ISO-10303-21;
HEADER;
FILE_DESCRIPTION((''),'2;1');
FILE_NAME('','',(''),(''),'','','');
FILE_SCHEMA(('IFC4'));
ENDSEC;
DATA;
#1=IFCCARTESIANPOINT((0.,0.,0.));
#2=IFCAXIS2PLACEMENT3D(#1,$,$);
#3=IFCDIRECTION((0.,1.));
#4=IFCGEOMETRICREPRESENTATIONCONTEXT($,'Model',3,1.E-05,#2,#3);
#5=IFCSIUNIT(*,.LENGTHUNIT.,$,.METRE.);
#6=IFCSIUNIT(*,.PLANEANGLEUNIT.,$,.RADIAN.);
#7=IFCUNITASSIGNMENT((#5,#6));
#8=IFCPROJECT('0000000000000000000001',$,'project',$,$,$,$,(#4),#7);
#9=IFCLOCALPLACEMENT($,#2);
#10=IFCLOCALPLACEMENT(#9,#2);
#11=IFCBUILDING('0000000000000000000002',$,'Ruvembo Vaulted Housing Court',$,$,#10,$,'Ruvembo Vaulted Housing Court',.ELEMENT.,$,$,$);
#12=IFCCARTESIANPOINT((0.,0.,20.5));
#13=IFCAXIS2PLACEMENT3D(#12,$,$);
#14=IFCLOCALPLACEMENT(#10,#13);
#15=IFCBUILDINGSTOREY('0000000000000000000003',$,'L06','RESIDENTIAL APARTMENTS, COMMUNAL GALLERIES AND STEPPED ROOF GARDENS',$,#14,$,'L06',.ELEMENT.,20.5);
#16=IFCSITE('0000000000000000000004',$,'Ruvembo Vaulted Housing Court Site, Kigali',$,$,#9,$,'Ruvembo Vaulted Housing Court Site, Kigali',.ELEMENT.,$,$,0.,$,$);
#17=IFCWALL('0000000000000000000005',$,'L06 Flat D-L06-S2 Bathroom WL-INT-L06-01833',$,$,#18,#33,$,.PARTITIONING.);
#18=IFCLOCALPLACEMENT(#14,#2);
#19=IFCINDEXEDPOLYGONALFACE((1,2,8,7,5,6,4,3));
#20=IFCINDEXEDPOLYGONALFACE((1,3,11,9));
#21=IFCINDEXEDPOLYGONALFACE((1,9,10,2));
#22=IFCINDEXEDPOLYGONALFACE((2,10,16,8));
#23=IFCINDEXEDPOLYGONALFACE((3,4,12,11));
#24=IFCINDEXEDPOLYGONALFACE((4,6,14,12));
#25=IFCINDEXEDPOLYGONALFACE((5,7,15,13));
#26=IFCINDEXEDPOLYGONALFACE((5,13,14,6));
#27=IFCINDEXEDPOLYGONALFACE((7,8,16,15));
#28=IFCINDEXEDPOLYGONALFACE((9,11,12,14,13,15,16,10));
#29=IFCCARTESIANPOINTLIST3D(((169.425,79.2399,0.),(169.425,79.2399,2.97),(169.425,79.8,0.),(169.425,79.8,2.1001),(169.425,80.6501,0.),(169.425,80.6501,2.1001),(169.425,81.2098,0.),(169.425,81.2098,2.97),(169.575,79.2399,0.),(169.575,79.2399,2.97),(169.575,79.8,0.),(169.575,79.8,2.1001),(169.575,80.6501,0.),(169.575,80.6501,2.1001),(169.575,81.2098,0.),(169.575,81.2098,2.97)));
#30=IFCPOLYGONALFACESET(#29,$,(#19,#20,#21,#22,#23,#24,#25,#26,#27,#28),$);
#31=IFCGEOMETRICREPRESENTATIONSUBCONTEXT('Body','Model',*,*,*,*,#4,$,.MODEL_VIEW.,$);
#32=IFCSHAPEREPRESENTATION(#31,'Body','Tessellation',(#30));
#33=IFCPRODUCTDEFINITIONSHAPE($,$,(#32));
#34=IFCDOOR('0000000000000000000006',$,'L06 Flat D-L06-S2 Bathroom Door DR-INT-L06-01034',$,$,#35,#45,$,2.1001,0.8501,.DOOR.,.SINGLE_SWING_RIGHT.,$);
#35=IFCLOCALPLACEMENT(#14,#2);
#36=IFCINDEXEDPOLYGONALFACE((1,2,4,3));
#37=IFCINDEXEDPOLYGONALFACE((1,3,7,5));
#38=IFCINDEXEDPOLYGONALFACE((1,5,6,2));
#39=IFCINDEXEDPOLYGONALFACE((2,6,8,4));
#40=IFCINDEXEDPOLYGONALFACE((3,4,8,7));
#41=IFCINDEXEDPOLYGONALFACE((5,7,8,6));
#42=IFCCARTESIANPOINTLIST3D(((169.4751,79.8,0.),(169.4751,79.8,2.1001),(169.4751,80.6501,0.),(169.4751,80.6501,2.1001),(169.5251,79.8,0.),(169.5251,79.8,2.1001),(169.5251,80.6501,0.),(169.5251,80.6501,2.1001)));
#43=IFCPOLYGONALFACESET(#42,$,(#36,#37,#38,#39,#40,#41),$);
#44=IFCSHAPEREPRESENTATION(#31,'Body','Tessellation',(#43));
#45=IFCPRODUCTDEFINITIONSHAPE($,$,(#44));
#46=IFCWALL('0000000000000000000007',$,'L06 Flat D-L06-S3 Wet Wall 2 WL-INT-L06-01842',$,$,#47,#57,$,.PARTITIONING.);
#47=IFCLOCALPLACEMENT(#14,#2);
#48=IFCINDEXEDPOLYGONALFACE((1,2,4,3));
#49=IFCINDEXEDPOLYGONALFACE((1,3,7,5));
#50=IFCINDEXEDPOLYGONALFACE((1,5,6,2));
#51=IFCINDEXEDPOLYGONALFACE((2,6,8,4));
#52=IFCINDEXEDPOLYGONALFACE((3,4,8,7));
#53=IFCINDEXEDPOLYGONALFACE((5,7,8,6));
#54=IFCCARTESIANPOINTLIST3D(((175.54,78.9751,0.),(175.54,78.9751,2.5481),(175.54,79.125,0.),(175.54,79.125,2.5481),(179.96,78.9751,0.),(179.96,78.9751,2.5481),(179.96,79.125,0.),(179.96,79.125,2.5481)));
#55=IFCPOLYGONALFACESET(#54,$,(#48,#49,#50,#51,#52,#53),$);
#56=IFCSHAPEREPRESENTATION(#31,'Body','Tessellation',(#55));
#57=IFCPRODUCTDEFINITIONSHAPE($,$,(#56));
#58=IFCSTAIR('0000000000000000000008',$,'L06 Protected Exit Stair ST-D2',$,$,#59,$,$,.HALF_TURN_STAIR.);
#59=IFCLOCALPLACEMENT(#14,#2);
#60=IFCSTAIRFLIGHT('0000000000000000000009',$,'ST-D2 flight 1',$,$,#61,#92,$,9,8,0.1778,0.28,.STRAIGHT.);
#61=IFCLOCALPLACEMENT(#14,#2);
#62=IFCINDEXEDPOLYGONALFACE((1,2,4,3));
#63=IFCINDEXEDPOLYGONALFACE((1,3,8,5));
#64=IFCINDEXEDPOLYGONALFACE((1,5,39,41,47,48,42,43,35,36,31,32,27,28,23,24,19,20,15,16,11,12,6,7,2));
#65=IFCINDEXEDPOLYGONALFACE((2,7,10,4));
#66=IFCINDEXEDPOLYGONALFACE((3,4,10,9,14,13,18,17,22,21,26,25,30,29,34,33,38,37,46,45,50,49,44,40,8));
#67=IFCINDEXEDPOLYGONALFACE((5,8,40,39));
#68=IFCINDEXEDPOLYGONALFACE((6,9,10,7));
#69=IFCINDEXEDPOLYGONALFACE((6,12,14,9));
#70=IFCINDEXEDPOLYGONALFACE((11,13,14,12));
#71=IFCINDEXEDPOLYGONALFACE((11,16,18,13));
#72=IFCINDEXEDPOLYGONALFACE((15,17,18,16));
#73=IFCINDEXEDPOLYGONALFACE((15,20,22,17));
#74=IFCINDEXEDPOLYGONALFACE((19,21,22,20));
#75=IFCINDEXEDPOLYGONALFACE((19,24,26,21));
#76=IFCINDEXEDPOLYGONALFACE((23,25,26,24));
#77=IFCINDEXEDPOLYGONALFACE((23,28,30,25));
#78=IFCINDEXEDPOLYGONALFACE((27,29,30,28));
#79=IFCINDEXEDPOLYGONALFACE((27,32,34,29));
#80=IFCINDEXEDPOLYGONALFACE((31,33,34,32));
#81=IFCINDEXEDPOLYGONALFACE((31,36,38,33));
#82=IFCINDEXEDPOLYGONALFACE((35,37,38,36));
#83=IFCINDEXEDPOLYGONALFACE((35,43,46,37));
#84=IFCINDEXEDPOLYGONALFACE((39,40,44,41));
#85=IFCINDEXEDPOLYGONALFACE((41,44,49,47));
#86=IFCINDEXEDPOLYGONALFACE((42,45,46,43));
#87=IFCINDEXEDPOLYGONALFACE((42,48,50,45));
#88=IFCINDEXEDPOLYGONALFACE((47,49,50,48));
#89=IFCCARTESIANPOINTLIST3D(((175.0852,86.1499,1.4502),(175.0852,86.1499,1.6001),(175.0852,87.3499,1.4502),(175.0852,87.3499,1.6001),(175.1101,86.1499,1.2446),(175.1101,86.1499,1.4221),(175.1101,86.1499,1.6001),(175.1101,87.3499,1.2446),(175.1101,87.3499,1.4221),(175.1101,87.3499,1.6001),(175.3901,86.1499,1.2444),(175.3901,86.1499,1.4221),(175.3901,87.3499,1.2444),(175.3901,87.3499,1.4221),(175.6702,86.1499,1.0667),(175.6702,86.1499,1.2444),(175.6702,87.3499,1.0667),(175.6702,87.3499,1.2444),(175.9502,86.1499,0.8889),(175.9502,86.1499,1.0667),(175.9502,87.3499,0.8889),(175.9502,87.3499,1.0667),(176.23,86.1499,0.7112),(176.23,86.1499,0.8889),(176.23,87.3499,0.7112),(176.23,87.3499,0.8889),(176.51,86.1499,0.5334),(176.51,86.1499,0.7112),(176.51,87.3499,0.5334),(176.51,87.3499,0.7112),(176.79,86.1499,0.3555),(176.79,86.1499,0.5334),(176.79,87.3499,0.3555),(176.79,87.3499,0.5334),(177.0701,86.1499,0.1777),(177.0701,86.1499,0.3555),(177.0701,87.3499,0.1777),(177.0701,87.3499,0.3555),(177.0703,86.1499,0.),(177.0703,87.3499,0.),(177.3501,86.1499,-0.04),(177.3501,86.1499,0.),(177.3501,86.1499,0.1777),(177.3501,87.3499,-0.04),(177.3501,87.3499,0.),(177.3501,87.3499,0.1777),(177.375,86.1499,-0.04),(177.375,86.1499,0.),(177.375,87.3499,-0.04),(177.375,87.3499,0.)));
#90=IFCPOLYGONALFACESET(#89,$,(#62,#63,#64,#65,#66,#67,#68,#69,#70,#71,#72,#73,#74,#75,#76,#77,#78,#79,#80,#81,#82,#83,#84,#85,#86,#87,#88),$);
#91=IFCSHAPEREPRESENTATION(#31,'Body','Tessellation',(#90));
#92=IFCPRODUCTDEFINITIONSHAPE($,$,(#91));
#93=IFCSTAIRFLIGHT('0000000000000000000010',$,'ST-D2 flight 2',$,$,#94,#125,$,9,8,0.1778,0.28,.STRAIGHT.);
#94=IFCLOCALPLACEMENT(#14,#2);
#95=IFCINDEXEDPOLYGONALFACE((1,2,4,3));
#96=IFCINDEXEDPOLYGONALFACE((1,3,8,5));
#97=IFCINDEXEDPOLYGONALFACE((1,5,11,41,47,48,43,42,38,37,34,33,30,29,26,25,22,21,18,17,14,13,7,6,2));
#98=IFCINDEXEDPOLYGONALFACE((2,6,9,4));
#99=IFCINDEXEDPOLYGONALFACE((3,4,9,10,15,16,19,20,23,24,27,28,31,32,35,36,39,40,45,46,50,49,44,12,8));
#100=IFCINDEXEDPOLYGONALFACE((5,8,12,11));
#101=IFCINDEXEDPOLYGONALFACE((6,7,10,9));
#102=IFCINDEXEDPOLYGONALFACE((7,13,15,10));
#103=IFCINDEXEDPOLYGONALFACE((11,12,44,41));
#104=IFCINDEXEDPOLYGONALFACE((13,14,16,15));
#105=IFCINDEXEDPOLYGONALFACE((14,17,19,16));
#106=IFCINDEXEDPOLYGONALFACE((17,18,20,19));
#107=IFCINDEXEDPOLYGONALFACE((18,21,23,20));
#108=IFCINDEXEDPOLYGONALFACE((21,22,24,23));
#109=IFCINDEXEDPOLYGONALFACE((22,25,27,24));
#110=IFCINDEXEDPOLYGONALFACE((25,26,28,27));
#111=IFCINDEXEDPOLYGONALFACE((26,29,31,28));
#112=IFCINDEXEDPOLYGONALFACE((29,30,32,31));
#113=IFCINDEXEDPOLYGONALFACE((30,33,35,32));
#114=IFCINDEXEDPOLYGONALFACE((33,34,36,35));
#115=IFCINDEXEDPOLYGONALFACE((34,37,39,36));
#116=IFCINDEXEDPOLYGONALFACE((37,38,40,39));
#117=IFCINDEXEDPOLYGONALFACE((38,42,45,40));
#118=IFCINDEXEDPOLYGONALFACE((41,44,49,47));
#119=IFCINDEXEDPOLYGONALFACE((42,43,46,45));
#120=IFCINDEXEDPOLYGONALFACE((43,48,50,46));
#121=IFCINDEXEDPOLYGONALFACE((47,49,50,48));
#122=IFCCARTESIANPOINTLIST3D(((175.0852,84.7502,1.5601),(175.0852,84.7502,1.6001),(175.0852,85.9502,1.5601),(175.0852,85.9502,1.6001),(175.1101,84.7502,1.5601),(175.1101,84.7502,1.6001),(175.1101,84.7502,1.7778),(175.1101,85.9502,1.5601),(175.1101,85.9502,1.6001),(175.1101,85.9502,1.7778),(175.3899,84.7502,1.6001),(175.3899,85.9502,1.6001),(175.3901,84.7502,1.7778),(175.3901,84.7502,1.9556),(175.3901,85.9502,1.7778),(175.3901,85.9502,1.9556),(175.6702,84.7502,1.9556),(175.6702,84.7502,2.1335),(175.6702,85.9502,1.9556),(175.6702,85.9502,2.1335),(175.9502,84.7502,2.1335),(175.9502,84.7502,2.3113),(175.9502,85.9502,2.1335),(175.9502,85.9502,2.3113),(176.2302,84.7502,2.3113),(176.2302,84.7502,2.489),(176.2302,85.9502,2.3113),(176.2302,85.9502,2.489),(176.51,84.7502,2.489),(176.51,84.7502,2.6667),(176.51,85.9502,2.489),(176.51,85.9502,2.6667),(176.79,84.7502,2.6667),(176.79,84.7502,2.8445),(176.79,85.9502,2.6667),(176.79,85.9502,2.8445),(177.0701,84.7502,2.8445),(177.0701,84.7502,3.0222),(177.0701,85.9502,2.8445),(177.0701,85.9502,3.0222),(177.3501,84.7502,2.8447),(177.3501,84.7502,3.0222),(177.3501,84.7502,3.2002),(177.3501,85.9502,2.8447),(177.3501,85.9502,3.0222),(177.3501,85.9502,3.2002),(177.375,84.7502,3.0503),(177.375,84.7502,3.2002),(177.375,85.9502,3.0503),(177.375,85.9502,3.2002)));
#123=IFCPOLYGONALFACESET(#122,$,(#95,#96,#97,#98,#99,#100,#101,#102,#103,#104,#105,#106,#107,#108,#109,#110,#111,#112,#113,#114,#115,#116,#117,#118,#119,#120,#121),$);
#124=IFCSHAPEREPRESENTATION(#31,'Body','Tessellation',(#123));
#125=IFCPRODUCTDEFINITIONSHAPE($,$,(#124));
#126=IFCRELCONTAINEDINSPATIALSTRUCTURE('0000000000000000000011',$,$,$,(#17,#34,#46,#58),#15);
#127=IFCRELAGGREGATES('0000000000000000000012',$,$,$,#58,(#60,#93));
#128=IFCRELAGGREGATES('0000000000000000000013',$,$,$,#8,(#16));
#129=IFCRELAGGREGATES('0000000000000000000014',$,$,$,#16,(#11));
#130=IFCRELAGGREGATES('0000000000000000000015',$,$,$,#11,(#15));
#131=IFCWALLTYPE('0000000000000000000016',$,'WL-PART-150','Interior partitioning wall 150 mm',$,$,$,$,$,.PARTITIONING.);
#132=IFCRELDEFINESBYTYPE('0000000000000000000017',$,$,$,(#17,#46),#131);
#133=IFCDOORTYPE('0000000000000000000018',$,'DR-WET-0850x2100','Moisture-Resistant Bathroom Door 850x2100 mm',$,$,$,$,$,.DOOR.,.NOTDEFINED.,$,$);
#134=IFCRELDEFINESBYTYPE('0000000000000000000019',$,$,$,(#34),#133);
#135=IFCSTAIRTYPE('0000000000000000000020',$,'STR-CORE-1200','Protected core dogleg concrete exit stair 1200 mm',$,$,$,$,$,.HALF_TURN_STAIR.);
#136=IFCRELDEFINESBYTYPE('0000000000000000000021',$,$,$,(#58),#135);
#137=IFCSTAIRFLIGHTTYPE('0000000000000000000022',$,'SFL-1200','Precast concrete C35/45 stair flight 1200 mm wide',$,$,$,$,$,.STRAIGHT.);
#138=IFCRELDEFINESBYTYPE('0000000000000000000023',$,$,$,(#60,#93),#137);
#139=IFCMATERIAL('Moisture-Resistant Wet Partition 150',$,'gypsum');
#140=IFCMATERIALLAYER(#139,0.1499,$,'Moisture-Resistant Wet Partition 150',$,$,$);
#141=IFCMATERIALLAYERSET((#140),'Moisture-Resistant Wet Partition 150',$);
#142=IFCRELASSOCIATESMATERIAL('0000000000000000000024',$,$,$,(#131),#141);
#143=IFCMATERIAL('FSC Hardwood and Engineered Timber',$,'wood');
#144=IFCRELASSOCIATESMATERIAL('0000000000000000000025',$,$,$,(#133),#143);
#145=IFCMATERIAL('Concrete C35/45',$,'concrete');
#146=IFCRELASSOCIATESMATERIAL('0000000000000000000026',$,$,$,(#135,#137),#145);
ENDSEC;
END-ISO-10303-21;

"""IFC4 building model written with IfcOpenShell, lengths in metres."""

from ifc_helpers import new_model, si_unit, direction, frame, frame_2d, origin, place, context, subcontext, project, spatial, polyline, rectangle, outline, extrude, material, layer, layer_set, type_object, element, fill, aggregate, save


model = new_model("IFC4")

# Units and contexts
model_context = context("Model", 3, precision=1e-05, world=origin(), true_north=direction((0.0, 1.0)))
body_context = subcontext(model_context, "Body", "Model", "MODEL_VIEW")
ifc_project = project(units=[si_unit("LENGTHUNIT", "METRE"), si_unit("PLANEANGLEUNIT", "RADIAN")], contexts=[model_context])

# Site, building, storey
site_placement = place(None, origin())
site = spatial("IfcSite", under=ifc_project, at=site_placement, Name="Ruvembo Vaulted Housing Court Site, Kigali", LongName="Ruvembo Vaulted Housing Court Site, Kigali", CompositionType="ELEMENT", RefElevation=0.0)
building_placement = place(site_placement, origin())
building = spatial("IfcBuilding", under=site, at=building_placement, Name="Ruvembo Vaulted Housing Court", LongName="Ruvembo Vaulted Housing Court", CompositionType="ELEMENT")
storey_placement = place(building_placement, frame((0.0, 0.0, 20.5)))
storey = spatial("IfcBuildingStorey", under=building, at=storey_placement, Name="L06", Description="RESIDENTIAL APARTMENTS, COMMUNAL GALLERIES AND STEPPED ROOF GARDENS", LongName="L06", CompositionType="ELEMENT", Elevation=20.5)

# Shared definitions
ifc_material_1 = material(Name="Concrete C35/45", Category="concrete")

# Shared definitions
ifc_material_2 = material(Name="FSC Hardwood and Engineered Timber", Category="wood")

# Wall, opening, door
ifc_material_3 = material(Name="Moisture-Resistant Wet Partition 150", Category="gypsum")
ifc_layer_1 = layer(ifc_material_3, 0.1499, Name="Moisture-Resistant Wet Partition 150")
ifc_layer_set_1 = layer_set([ifc_layer_1], Name="Moisture-Resistant Wet Partition 150")
wall_type_1 = type_object("IfcWallType", Name="WL-PART-150", Description="Interior partitioning wall 150 mm", PredefinedType="PARTITIONING", material=ifc_layer_set_1)
wall_1_placement = place(storey_placement, frame((169.5, 79.24, 0.0), z_axis=(0.0, 0.0, 1.0), x_axis=(0.0, 1.0, 0.0)))
wall_1 = element("IfcWall", 1, at=wall_1_placement, inside=storey, type_object=wall_type_1, Name="L06 Flat D-L06-S2 Bathroom WL-INT-L06-01833", PredefinedType="PARTITIONING", context=body_context, shape_type="SweptSolid", body=[
    extrude(rectangle(XDim=1.97, YDim=0.1499, at=frame_2d((0.9849, 0.0))), origin(), (0.0, 0.0, 1.0), 2.97),
])
opening_1_placement = place(wall_1_placement, frame((0.5601, 0.0, 0.0)))
opening_1 = element("IfcOpeningElement", 2, at=opening_1_placement, cuts=wall_1, PredefinedType="OPENING", context=body_context, shape_type="SweptSolid", body=[
    extrude(rectangle(XDim=0.8501, YDim=2.1001, at=frame_2d((0.425, 1.05))), frame((0.0, 0.085, 0.0), z_axis=(0.0, -1.0, 0.0), x_axis=(1.0, 0.0, 0.0)), (0.0, 0.0, 1.0), 0.1699),
])
door_type_1 = type_object("IfcDoorType", Name="DR-WET-0850x2100", Description="Moisture-Resistant Bathroom Door 850x2100 mm", OperationType="NOTDEFINED", PredefinedType="DOOR", material=ifc_material_2)
door_1_placement = place(opening_1_placement, origin())
door_1 = element("IfcDoor", 3, at=door_1_placement, inside=storey, type_object=door_type_1, Name="L06 Flat D-L06-S2 Bathroom Door DR-INT-L06-01034", OperationType="SINGLE_SWING_RIGHT", OverallHeight=2.1001, OverallWidth=0.8501, PredefinedType="DOOR", context=body_context, shape_type="SweptSolid", body=[
    extrude(rectangle(XDim=0.8501, YDim=2.1001, at=frame_2d((0.425, 1.05))), frame((0.0, 0.0249, 0.0), z_axis=(0.0, -1.0, 0.0), x_axis=(1.0, 0.0, 0.0)), (0.0, 0.0, 1.0), 0.05),
])
fill(opening_1, door_1)

# Wall
wall_2_placement = place(storey_placement, frame((175.54, 79.05, 0.0), z_axis=(0.0, 0.0, 1.0), x_axis=(1.0, 0.0, 0.0)))
element("IfcWall", 4, at=wall_2_placement, inside=storey, type_object=wall_type_1, Name="L06 Flat D-L06-S3 Wet Wall 2 WL-INT-L06-01842", PredefinedType="PARTITIONING", context=body_context, shape_type="SweptSolid", body=[
    extrude(rectangle(XDim=4.4199, YDim=0.1499, at=frame_2d((2.21, 0.0))), origin(), (0.0, 0.0, 1.0), 2.5481),
])

# Stair, stair flights
stair_type = type_object("IfcStairType", Name="STR-CORE-1200", Description="Protected core dogleg concrete exit stair 1200 mm", PredefinedType="HALF_TURN_STAIR", material=ifc_material_1)
stair_placement = place(storey_placement, origin())
stair = element("IfcStair", 5, at=stair_placement, inside=storey, type_object=stair_type, Name="L06 Protected Exit Stair ST-D2", PredefinedType="HALF_TURN_STAIR")
stair_flight_type = type_object("IfcStairFlightType", Name="SFL-1200", Description="Precast concrete C35/45 stair flight 1200 mm wide", PredefinedType="STRAIGHT", material=ifc_material_1)
stair_flight_1_placement = place(storey_placement, frame((177.3501, 86.75, 0.0), z_axis=(0.0, 0.0, 1.0), x_axis=(-1.0, 0.0, 0.0)))
stair_flight_1 = element("IfcStairFlight", 6, at=stair_flight_1_placement, type_object=stair_flight_type, Name="ST-D2 flight 1", NumberOfRisers=9, NumberOfTreads=8, PredefinedType="STRAIGHT", RiserHeight=0.1778, TreadLength=0.28, context=body_context, shape_type="SweptSolid", body=[
    extrude(outline(polyline([(-0.0249, -0.04), (-0.0249, 0.0), (0.0, 0.0), (0.0, 0.1777), (0.28, 0.1777), (0.28, 0.3555), (0.5601, 0.3555), (0.5601, 0.5334), (0.8401, 0.5334), (0.8401, 0.7112), (1.1201, 0.7112), (1.1201, 0.8889), (1.3999, 0.8889), (1.3999, 1.0667), (1.6799, 1.0667), (1.6799, 1.2444), (1.96, 1.2444), (1.96, 1.4221), (2.24, 1.4221), (2.24, 1.6001), (2.2649, 1.6001), (2.2649, 1.4502), (2.24, 1.2446), (0.2798, 0.0), (0.0, -0.04), (-0.0249, -0.04)])), frame((0.0, 0.6001, 0.0), z_axis=(0.0, -1.0, 0.0), x_axis=(1.0, 0.0, 0.0)), (0.0, 0.0, 1.0), 1.2),
])
stair_flight_2_placement = place(storey_placement, frame((175.1101, 85.3501, 1.6001), z_axis=(0.0, 0.0, 1.0), x_axis=(1.0, 0.0, 0.0)))
stair_flight_2 = element("IfcStairFlight", 7, at=stair_flight_2_placement, type_object=stair_flight_type, Name="ST-D2 flight 2", NumberOfRisers=9, NumberOfTreads=8, PredefinedType="STRAIGHT", RiserHeight=0.1778, TreadLength=0.28, context=body_context, shape_type="SweptSolid", body=[
    extrude(outline(polyline([(-0.0249, -0.04), (-0.0249, 0.0), (0.0, 0.0), (0.0, 0.1777), (0.28, 0.1777), (0.28, 0.3555), (0.5601, 0.3555), (0.5601, 0.5334), (0.8401, 0.5334), (0.8401, 0.7112), (1.1201, 0.7112), (1.1201, 0.8889), (1.3999, 0.8889), (1.3999, 1.0667), (1.6799, 1.0667), (1.6799, 1.2444), (1.96, 1.2444), (1.96, 1.4221), (2.24, 1.4221), (2.24, 1.6001), (2.2649, 1.6001), (2.2649, 1.4502), (2.24, 1.2446), (0.2798, 0.0), (0.0, -0.04), (-0.0249, -0.04)])), frame((0.0, 0.6001, 0.0), z_axis=(0.0, -1.0, 0.0), x_axis=(1.0, 0.0, 0.0)), (0.0, 0.0, 1.0), 1.2),
])
aggregate(stair, [stair_flight_1, stair_flight_2])

save(model, "model.ifc")
